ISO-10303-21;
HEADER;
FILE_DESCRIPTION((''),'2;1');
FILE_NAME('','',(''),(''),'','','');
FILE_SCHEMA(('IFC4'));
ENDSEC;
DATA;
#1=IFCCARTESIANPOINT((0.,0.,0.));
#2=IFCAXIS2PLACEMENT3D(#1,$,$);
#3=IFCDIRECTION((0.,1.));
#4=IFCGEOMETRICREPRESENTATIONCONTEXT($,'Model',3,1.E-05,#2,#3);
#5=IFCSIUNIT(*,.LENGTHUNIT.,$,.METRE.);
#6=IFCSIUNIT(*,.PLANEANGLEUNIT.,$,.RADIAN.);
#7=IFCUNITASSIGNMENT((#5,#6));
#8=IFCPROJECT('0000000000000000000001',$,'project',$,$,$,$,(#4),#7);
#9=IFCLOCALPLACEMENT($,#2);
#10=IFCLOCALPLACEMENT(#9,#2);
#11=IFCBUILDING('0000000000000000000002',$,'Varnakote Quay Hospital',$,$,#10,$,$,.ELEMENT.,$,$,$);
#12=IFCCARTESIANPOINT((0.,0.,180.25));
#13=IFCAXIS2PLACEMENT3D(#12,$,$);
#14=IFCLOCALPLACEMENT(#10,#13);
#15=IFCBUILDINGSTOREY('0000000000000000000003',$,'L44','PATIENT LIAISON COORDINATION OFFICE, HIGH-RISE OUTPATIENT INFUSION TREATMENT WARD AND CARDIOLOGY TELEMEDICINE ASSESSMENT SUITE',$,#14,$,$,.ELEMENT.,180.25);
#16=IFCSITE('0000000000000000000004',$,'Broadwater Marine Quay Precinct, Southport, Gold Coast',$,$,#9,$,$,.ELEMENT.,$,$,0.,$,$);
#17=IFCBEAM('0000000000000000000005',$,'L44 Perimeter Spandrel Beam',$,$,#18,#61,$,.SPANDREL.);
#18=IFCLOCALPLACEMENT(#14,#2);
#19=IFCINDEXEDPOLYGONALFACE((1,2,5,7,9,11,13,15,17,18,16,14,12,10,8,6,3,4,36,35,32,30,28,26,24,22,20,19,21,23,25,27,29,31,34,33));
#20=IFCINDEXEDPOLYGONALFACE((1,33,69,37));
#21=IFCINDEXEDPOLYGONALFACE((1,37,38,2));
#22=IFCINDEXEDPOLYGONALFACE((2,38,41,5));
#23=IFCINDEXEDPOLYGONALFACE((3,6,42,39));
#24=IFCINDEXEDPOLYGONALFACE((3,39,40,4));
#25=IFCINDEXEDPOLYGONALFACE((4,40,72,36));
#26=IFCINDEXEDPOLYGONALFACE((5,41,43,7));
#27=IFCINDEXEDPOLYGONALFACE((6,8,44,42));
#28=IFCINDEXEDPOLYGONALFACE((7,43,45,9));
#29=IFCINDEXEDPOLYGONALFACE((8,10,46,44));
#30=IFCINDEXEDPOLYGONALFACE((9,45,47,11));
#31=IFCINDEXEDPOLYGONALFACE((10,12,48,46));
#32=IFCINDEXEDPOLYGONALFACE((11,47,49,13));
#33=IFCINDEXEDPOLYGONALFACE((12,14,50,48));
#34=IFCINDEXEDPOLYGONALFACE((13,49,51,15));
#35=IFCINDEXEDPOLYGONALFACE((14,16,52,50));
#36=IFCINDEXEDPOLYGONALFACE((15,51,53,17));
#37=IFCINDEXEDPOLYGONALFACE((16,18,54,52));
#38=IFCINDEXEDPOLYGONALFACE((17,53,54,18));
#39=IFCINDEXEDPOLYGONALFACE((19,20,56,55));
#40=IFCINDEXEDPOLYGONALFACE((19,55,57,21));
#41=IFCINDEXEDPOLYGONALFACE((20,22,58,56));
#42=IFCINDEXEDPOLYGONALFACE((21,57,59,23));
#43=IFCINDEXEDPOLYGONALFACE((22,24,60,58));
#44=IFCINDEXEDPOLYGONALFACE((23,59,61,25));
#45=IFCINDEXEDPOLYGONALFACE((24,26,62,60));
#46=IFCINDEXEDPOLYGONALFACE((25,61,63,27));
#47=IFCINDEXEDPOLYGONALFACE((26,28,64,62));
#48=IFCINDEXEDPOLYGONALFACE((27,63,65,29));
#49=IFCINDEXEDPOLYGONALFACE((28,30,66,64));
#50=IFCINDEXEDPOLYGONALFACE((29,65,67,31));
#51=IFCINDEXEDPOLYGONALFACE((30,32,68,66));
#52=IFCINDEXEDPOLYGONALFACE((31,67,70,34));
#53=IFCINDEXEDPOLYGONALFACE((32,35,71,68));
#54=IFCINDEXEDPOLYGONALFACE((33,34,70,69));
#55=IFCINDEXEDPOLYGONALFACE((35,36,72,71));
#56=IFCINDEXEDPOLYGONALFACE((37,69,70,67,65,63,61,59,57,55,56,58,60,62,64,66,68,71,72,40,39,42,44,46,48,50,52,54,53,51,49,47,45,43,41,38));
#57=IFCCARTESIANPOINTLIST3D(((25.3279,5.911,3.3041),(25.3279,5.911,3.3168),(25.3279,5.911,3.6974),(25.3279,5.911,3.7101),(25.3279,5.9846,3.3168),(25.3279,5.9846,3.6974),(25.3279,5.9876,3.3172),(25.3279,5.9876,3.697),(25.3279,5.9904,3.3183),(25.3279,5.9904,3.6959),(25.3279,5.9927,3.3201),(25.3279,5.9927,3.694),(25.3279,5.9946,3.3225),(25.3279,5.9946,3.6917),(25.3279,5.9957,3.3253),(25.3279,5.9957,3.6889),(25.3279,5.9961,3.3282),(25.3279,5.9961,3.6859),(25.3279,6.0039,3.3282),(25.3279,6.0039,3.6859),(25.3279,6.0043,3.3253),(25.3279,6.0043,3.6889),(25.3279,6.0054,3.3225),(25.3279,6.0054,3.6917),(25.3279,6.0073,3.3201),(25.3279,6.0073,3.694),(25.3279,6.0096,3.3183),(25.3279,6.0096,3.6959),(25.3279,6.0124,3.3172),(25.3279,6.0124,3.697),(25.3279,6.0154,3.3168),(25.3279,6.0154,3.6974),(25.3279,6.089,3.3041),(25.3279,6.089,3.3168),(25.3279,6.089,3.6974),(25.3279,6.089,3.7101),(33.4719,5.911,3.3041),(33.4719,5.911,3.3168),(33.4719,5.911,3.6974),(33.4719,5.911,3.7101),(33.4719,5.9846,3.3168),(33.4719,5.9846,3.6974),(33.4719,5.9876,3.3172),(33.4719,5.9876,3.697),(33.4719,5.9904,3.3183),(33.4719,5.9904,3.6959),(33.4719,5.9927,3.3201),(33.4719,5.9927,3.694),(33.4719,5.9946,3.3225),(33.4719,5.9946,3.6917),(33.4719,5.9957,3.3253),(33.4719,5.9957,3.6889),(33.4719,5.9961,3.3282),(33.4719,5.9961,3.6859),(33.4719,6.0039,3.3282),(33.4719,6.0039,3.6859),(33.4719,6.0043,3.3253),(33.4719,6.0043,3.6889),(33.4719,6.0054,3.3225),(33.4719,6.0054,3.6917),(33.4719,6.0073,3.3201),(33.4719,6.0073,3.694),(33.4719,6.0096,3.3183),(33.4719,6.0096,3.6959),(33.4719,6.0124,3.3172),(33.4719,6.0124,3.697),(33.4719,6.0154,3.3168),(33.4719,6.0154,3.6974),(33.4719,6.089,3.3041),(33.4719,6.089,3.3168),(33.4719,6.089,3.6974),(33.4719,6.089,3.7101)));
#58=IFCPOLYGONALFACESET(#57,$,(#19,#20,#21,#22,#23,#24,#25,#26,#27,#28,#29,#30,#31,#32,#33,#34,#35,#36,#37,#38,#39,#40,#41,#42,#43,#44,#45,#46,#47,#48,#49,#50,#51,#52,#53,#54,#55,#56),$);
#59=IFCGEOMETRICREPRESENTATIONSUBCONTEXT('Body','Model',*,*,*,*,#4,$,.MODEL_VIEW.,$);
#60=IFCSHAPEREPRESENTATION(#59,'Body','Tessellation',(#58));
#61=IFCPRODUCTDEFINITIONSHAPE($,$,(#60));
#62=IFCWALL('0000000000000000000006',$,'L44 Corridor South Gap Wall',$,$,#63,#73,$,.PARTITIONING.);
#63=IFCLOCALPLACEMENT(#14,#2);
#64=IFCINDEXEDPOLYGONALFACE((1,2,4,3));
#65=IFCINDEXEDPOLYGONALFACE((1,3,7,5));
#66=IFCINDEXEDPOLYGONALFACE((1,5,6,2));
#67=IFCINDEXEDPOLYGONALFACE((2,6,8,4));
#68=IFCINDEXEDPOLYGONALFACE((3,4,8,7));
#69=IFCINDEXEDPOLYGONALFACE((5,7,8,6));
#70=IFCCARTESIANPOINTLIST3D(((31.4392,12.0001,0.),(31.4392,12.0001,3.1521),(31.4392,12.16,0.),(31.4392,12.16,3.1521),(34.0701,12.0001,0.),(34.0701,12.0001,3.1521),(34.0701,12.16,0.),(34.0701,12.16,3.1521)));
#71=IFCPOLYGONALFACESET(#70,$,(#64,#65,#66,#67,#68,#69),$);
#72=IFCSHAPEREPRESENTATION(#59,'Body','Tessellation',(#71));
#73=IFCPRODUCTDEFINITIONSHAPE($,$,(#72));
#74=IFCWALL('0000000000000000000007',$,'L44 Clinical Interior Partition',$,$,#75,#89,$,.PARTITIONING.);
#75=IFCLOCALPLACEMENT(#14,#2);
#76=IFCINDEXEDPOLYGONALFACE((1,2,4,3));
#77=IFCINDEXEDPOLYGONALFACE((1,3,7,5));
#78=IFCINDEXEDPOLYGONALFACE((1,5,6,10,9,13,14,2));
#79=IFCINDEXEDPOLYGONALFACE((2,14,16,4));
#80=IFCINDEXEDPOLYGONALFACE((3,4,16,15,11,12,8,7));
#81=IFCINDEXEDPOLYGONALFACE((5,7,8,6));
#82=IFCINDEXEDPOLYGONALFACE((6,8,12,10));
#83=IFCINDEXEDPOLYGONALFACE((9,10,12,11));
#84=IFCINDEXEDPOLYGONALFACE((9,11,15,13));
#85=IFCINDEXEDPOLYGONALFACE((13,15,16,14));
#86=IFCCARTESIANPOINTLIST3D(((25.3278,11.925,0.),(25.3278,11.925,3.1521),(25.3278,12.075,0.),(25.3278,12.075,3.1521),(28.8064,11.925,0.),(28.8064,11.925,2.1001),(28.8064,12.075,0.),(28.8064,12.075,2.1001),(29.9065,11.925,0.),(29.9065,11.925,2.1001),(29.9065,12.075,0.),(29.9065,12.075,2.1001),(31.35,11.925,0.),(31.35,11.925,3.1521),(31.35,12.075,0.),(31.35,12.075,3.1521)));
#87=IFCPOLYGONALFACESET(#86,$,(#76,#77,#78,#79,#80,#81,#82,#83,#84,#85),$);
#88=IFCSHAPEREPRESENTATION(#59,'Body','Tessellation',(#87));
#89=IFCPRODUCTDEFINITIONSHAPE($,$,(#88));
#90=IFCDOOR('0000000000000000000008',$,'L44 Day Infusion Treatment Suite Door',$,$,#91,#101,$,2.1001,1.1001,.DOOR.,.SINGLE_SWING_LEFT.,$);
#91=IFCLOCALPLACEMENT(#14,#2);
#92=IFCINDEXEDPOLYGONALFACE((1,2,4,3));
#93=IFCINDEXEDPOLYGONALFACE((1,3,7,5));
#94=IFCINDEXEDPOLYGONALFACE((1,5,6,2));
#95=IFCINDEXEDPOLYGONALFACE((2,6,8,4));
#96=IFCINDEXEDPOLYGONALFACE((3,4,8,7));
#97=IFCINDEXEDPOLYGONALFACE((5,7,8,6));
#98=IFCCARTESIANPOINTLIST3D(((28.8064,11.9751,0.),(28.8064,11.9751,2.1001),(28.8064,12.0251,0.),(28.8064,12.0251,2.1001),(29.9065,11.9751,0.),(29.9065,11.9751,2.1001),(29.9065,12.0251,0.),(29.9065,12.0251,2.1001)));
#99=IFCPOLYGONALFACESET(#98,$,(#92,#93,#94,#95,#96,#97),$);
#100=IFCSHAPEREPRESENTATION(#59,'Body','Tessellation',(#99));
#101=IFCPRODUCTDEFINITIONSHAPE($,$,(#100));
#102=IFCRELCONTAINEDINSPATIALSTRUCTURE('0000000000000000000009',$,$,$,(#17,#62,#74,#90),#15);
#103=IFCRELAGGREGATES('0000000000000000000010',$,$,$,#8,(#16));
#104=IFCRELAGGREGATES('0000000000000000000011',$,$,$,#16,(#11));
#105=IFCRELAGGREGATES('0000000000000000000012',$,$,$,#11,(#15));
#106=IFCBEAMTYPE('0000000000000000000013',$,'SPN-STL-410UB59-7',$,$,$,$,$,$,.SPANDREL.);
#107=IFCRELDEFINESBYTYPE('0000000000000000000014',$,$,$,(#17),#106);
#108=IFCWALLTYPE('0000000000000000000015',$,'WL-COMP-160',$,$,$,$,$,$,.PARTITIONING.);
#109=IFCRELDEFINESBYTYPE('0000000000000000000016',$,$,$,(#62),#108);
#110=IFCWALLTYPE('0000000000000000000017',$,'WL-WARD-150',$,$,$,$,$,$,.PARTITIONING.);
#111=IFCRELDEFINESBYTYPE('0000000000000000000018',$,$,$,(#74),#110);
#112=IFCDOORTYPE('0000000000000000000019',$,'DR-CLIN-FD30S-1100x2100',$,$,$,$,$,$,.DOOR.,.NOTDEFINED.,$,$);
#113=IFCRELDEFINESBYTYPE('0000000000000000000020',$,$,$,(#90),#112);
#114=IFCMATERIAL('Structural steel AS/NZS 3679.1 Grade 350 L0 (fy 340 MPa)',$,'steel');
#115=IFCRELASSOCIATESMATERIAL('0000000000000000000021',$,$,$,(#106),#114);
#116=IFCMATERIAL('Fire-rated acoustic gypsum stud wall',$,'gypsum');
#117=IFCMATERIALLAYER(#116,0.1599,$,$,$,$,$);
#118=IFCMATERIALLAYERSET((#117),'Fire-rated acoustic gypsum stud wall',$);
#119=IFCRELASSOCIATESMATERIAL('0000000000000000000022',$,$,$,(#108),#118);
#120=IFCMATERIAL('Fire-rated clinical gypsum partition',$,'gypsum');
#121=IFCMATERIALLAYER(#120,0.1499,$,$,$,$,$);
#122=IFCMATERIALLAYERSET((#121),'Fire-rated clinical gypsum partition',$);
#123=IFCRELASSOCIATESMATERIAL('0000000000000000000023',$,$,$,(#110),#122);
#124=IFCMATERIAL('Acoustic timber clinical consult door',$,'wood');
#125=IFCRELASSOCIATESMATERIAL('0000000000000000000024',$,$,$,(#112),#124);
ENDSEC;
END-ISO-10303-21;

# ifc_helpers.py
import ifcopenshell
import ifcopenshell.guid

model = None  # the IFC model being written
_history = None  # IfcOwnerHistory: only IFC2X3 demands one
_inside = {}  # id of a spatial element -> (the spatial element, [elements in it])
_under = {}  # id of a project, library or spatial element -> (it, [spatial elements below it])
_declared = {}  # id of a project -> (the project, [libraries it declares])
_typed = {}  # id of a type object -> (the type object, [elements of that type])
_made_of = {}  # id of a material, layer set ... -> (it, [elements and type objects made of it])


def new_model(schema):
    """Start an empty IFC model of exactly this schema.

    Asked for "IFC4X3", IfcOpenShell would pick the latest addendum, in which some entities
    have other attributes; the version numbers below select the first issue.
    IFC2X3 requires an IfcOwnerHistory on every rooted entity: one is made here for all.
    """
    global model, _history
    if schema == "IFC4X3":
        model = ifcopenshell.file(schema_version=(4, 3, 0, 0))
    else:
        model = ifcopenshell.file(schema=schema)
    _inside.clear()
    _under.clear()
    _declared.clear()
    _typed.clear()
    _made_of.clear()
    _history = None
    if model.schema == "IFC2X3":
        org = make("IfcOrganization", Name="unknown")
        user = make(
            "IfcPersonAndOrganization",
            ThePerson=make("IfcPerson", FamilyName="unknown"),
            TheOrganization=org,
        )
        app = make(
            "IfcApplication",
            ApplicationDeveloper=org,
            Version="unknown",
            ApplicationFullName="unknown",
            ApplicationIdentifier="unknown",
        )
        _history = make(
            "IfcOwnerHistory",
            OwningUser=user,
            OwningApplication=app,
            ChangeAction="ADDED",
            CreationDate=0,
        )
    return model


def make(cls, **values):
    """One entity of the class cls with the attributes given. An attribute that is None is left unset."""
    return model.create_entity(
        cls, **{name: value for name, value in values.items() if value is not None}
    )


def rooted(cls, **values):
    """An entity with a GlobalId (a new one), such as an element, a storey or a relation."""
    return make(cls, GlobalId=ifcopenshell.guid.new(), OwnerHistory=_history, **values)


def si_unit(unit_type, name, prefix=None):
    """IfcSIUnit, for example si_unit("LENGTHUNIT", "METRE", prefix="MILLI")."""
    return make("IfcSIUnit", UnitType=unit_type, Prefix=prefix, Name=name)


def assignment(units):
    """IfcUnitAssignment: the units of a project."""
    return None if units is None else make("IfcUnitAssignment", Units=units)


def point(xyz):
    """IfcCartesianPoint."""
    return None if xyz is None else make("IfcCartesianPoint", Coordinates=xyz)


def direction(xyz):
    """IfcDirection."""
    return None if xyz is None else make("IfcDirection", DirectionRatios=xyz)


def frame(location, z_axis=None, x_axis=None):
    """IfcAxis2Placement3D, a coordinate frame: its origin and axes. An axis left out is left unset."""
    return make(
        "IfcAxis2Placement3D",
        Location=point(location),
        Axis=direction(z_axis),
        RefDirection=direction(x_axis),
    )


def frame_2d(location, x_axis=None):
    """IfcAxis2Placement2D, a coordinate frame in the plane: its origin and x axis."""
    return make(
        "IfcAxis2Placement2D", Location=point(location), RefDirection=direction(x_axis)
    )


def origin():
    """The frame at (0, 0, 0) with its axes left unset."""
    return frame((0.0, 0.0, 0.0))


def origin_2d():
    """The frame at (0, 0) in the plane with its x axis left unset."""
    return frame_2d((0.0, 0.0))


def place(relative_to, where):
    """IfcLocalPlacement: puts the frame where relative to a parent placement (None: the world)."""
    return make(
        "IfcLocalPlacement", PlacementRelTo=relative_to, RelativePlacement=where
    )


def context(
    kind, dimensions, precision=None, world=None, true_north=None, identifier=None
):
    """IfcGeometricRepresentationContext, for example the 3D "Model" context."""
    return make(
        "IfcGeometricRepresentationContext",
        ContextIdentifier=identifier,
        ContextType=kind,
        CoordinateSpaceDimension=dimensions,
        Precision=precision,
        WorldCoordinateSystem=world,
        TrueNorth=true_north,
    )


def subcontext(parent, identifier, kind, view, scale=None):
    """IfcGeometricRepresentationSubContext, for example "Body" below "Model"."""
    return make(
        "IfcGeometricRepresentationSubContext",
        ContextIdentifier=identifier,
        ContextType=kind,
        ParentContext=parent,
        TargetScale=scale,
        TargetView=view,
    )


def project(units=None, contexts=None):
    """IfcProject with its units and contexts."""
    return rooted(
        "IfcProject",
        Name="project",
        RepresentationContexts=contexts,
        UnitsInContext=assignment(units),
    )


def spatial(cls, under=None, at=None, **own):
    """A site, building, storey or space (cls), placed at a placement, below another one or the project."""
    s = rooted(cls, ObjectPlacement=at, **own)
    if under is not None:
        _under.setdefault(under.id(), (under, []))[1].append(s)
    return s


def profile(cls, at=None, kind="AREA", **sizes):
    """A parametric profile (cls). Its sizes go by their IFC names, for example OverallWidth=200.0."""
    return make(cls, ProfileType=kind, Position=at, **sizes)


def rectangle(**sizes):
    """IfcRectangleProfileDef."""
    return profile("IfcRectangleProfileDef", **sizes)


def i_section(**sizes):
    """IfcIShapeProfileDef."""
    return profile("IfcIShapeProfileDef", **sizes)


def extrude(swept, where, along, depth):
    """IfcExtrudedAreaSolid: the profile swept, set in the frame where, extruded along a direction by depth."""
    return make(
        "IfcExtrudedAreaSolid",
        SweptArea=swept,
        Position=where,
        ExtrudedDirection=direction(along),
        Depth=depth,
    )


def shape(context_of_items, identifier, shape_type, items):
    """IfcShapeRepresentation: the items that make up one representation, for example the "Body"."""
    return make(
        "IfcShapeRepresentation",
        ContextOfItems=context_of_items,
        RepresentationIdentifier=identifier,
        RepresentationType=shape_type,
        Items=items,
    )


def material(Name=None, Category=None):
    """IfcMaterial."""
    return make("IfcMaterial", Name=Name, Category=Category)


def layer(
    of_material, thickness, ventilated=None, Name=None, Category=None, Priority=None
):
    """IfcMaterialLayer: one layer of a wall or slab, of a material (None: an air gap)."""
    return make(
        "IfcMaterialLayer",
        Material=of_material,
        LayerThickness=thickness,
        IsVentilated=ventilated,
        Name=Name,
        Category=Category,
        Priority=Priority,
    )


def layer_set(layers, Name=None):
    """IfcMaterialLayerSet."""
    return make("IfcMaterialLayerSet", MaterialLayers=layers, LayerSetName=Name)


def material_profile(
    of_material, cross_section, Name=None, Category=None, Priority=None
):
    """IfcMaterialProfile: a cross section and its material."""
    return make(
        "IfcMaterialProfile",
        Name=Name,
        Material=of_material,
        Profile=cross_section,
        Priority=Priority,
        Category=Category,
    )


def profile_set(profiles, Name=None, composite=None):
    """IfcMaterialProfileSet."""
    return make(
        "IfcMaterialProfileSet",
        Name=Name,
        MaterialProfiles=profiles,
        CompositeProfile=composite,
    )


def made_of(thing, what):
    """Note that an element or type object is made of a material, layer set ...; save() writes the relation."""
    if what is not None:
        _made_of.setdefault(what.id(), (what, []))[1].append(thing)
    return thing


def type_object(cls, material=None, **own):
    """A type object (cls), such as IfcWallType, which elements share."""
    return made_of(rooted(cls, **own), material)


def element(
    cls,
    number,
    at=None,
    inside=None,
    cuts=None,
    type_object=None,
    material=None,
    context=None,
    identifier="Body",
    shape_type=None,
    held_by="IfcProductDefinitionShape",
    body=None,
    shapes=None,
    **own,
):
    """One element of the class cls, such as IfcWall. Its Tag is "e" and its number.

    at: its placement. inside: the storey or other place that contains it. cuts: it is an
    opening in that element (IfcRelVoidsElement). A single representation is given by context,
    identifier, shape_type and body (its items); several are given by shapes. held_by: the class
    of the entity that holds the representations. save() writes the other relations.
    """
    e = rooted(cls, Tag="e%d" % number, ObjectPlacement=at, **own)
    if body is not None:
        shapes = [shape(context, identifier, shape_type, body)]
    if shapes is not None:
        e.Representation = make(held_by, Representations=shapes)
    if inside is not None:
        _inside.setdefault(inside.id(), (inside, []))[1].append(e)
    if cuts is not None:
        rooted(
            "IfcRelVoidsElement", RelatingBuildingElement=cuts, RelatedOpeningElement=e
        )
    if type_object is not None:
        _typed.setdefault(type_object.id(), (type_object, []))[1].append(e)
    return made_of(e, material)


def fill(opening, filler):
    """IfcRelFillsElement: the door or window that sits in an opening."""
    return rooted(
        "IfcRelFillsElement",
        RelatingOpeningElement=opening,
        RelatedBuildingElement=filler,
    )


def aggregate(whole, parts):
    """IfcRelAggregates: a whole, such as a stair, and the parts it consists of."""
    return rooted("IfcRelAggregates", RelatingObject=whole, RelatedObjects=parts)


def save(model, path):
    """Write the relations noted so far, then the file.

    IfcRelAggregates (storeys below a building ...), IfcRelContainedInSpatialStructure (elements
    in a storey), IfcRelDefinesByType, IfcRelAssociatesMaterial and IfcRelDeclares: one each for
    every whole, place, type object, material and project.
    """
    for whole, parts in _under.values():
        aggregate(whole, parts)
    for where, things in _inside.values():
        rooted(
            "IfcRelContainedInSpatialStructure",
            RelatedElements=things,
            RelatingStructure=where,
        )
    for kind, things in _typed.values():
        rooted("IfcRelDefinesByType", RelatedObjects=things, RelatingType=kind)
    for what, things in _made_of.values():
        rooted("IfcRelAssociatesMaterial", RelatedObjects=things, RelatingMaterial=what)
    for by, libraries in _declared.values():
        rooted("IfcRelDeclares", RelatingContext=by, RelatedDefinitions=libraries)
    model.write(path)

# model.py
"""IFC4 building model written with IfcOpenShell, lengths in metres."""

from ifc_helpers import new_model, si_unit, direction, frame, frame_2d, origin, origin_2d, place, context, subcontext, project, spatial, rectangle, i_section, extrude, material, layer, layer_set, material_profile, profile_set, type_object, element, fill, save


model = new_model("IFC4")

# Units and contexts
model_context = context("Model", 3, precision=1e-05, world=origin(), true_north=direction((0.0, 1.0)))
body_context = subcontext(model_context, "Body", "Model", "MODEL_VIEW")
ifc_project = project(units=[si_unit("LENGTHUNIT", "METRE"), si_unit("PLANEANGLEUNIT", "RADIAN")], contexts=[model_context])

# Site, building, storey
site_placement = place(None, origin())
site = spatial("IfcSite", under=ifc_project, at=site_placement, Name="Broadwater Marine Quay Precinct, Southport, Gold Coast", CompositionType="ELEMENT", RefElevation=0.0)
building_placement = place(site_placement, origin())
building = spatial("IfcBuilding", under=site, at=building_placement, Name="Varnakote Quay Hospital", CompositionType="ELEMENT")
storey_placement = place(building_placement, frame((0.0, 0.0, 180.25)))
storey = spatial("IfcBuildingStorey", under=building, at=storey_placement, Name="L44", Description="PATIENT LIAISON COORDINATION OFFICE, HIGH-RISE OUTPATIENT INFUSION TREATMENT WARD AND CARDIOLOGY TELEMEDICINE ASSESSMENT SUITE", CompositionType="ELEMENT", Elevation=180.25)

# Beam
ifc_material_1 = material(Name="Structural steel AS/NZS 3679.1 Grade 350 L0 (fy 340 MPa)", Category="steel")
ifc_material_profile_1 = material_profile(ifc_material_1, i_section(OverallWidth=0.178, OverallDepth=0.406, WebThickness=0.0078, FlangeThickness=0.0127, FilletRadius=0.0115, at=origin_2d()), Name="410UB59.7")
ifc_profile_set_1 = profile_set([ifc_material_profile_1], Name="Structural steel AS/NZS 3679.1 Grade 350 L0 (fy 340 MPa)")
beam_type_1 = type_object("IfcBeamType", Name="SPN-STL-410UB59-7", PredefinedType="SPANDREL", material=ifc_profile_set_1)
beam_1_placement = place(storey_placement, frame((25.3279, 6.0, 3.5071), z_axis=(1.0, 0.0, 0.0), x_axis=(0.0, 1.0, 0.0)))
element("IfcBeam", 1, at=beam_1_placement, inside=storey, type_object=beam_type_1, Name="L44 Perimeter Spandrel Beam", PredefinedType="SPANDREL", context=body_context, shape_type="SweptSolid", body=[
    extrude(i_section(OverallWidth=0.178, OverallDepth=0.406, WebThickness=0.0078, FlangeThickness=0.0127, FilletRadius=0.0115, at=origin_2d()), origin(), (0.0, 0.0, 1.0), 8.144),
])

# Wall
ifc_material_2 = material(Name="Fire-rated acoustic gypsum stud wall", Category="gypsum")
ifc_layer_1 = layer(ifc_material_2, 0.1599)
ifc_layer_set_1 = layer_set([ifc_layer_1], Name="Fire-rated acoustic gypsum stud wall")
wall_type_1 = type_object("IfcWallType", Name="WL-COMP-160", PredefinedType="PARTITIONING", material=ifc_layer_set_1)
wall_1_placement = place(storey_placement, frame((31.4392, 12.0801, 0.0), z_axis=(0.0, 0.0, 1.0), x_axis=(1.0, 0.0, 0.0)))
element("IfcWall", 2, at=wall_1_placement, inside=storey, type_object=wall_type_1, Name="L44 Corridor South Gap Wall", PredefinedType="PARTITIONING", context=body_context, shape_type="SweptSolid", body=[
    extrude(rectangle(XDim=2.6309, YDim=0.1599, at=frame_2d((1.3154, 0.0))), origin(), (0.0, 0.0, 1.0), 3.1521),
])

# Wall, opening, door
ifc_material_3 = material(Name="Fire-rated clinical gypsum partition", Category="gypsum")
ifc_layer_2 = layer(ifc_material_3, 0.1499)
ifc_layer_set_2 = layer_set([ifc_layer_2], Name="Fire-rated clinical gypsum partition")
wall_type_2 = type_object("IfcWallType", Name="WL-WARD-150", PredefinedType="PARTITIONING", material=ifc_layer_set_2)
wall_2_placement = place(storey_placement, frame((31.3501, 12.0, 0.0), z_axis=(0.0, 0.0, 1.0), x_axis=(-1.0, 0.0, 0.0)))
wall_2 = element("IfcWall", 3, at=wall_2_placement, inside=storey, type_object=wall_type_2, Name="L44 Clinical Interior Partition", PredefinedType="PARTITIONING", context=body_context, shape_type="SweptSolid", body=[
    extrude(rectangle(XDim=6.0222, YDim=0.1499, at=frame_2d((3.0112, 0.0))), origin(), (0.0, 0.0, 1.0), 3.1521),
])
opening_placement = place(wall_2_placement, frame((1.4436, 0.0, 0.0)))
opening = element("IfcOpeningElement", 4, at=opening_placement, cuts=wall_2, PredefinedType="OPENING", context=body_context, shape_type="SweptSolid", body=[
    extrude(rectangle(XDim=1.1001, YDim=2.1001, at=frame_2d((0.55, 1.05))), frame((0.0, 0.085, 0.0), z_axis=(0.0, -1.0, 0.0), x_axis=(1.0, 0.0, 0.0)), (0.0, 0.0, 1.0), 0.1699),
])
ifc_material_4 = material(Name="Acoustic timber clinical consult door", Category="wood")
door_type = type_object("IfcDoorType", Name="DR-CLIN-FD30S-1100x2100", OperationType="NOTDEFINED", PredefinedType="DOOR", material=ifc_material_4)
door_placement = place(opening_placement, origin())
door = element("IfcDoor", 5, at=door_placement, inside=storey, type_object=door_type, Name="L44 Day Infusion Treatment Suite Door", OperationType="SINGLE_SWING_LEFT", OverallHeight=2.1001, OverallWidth=1.1001, PredefinedType="DOOR", context=body_context, shape_type="SweptSolid", body=[
    extrude(rectangle(XDim=1.1001, YDim=2.1001, at=frame_2d((0.55, 1.05))), frame((0.0, 0.0249, 0.0), z_axis=(0.0, -1.0, 0.0), x_axis=(1.0, 0.0, 0.0)), (0.0, 0.0, 1.0), 0.05),
])
fill(opening, door)

save(model, "model.ifc")
